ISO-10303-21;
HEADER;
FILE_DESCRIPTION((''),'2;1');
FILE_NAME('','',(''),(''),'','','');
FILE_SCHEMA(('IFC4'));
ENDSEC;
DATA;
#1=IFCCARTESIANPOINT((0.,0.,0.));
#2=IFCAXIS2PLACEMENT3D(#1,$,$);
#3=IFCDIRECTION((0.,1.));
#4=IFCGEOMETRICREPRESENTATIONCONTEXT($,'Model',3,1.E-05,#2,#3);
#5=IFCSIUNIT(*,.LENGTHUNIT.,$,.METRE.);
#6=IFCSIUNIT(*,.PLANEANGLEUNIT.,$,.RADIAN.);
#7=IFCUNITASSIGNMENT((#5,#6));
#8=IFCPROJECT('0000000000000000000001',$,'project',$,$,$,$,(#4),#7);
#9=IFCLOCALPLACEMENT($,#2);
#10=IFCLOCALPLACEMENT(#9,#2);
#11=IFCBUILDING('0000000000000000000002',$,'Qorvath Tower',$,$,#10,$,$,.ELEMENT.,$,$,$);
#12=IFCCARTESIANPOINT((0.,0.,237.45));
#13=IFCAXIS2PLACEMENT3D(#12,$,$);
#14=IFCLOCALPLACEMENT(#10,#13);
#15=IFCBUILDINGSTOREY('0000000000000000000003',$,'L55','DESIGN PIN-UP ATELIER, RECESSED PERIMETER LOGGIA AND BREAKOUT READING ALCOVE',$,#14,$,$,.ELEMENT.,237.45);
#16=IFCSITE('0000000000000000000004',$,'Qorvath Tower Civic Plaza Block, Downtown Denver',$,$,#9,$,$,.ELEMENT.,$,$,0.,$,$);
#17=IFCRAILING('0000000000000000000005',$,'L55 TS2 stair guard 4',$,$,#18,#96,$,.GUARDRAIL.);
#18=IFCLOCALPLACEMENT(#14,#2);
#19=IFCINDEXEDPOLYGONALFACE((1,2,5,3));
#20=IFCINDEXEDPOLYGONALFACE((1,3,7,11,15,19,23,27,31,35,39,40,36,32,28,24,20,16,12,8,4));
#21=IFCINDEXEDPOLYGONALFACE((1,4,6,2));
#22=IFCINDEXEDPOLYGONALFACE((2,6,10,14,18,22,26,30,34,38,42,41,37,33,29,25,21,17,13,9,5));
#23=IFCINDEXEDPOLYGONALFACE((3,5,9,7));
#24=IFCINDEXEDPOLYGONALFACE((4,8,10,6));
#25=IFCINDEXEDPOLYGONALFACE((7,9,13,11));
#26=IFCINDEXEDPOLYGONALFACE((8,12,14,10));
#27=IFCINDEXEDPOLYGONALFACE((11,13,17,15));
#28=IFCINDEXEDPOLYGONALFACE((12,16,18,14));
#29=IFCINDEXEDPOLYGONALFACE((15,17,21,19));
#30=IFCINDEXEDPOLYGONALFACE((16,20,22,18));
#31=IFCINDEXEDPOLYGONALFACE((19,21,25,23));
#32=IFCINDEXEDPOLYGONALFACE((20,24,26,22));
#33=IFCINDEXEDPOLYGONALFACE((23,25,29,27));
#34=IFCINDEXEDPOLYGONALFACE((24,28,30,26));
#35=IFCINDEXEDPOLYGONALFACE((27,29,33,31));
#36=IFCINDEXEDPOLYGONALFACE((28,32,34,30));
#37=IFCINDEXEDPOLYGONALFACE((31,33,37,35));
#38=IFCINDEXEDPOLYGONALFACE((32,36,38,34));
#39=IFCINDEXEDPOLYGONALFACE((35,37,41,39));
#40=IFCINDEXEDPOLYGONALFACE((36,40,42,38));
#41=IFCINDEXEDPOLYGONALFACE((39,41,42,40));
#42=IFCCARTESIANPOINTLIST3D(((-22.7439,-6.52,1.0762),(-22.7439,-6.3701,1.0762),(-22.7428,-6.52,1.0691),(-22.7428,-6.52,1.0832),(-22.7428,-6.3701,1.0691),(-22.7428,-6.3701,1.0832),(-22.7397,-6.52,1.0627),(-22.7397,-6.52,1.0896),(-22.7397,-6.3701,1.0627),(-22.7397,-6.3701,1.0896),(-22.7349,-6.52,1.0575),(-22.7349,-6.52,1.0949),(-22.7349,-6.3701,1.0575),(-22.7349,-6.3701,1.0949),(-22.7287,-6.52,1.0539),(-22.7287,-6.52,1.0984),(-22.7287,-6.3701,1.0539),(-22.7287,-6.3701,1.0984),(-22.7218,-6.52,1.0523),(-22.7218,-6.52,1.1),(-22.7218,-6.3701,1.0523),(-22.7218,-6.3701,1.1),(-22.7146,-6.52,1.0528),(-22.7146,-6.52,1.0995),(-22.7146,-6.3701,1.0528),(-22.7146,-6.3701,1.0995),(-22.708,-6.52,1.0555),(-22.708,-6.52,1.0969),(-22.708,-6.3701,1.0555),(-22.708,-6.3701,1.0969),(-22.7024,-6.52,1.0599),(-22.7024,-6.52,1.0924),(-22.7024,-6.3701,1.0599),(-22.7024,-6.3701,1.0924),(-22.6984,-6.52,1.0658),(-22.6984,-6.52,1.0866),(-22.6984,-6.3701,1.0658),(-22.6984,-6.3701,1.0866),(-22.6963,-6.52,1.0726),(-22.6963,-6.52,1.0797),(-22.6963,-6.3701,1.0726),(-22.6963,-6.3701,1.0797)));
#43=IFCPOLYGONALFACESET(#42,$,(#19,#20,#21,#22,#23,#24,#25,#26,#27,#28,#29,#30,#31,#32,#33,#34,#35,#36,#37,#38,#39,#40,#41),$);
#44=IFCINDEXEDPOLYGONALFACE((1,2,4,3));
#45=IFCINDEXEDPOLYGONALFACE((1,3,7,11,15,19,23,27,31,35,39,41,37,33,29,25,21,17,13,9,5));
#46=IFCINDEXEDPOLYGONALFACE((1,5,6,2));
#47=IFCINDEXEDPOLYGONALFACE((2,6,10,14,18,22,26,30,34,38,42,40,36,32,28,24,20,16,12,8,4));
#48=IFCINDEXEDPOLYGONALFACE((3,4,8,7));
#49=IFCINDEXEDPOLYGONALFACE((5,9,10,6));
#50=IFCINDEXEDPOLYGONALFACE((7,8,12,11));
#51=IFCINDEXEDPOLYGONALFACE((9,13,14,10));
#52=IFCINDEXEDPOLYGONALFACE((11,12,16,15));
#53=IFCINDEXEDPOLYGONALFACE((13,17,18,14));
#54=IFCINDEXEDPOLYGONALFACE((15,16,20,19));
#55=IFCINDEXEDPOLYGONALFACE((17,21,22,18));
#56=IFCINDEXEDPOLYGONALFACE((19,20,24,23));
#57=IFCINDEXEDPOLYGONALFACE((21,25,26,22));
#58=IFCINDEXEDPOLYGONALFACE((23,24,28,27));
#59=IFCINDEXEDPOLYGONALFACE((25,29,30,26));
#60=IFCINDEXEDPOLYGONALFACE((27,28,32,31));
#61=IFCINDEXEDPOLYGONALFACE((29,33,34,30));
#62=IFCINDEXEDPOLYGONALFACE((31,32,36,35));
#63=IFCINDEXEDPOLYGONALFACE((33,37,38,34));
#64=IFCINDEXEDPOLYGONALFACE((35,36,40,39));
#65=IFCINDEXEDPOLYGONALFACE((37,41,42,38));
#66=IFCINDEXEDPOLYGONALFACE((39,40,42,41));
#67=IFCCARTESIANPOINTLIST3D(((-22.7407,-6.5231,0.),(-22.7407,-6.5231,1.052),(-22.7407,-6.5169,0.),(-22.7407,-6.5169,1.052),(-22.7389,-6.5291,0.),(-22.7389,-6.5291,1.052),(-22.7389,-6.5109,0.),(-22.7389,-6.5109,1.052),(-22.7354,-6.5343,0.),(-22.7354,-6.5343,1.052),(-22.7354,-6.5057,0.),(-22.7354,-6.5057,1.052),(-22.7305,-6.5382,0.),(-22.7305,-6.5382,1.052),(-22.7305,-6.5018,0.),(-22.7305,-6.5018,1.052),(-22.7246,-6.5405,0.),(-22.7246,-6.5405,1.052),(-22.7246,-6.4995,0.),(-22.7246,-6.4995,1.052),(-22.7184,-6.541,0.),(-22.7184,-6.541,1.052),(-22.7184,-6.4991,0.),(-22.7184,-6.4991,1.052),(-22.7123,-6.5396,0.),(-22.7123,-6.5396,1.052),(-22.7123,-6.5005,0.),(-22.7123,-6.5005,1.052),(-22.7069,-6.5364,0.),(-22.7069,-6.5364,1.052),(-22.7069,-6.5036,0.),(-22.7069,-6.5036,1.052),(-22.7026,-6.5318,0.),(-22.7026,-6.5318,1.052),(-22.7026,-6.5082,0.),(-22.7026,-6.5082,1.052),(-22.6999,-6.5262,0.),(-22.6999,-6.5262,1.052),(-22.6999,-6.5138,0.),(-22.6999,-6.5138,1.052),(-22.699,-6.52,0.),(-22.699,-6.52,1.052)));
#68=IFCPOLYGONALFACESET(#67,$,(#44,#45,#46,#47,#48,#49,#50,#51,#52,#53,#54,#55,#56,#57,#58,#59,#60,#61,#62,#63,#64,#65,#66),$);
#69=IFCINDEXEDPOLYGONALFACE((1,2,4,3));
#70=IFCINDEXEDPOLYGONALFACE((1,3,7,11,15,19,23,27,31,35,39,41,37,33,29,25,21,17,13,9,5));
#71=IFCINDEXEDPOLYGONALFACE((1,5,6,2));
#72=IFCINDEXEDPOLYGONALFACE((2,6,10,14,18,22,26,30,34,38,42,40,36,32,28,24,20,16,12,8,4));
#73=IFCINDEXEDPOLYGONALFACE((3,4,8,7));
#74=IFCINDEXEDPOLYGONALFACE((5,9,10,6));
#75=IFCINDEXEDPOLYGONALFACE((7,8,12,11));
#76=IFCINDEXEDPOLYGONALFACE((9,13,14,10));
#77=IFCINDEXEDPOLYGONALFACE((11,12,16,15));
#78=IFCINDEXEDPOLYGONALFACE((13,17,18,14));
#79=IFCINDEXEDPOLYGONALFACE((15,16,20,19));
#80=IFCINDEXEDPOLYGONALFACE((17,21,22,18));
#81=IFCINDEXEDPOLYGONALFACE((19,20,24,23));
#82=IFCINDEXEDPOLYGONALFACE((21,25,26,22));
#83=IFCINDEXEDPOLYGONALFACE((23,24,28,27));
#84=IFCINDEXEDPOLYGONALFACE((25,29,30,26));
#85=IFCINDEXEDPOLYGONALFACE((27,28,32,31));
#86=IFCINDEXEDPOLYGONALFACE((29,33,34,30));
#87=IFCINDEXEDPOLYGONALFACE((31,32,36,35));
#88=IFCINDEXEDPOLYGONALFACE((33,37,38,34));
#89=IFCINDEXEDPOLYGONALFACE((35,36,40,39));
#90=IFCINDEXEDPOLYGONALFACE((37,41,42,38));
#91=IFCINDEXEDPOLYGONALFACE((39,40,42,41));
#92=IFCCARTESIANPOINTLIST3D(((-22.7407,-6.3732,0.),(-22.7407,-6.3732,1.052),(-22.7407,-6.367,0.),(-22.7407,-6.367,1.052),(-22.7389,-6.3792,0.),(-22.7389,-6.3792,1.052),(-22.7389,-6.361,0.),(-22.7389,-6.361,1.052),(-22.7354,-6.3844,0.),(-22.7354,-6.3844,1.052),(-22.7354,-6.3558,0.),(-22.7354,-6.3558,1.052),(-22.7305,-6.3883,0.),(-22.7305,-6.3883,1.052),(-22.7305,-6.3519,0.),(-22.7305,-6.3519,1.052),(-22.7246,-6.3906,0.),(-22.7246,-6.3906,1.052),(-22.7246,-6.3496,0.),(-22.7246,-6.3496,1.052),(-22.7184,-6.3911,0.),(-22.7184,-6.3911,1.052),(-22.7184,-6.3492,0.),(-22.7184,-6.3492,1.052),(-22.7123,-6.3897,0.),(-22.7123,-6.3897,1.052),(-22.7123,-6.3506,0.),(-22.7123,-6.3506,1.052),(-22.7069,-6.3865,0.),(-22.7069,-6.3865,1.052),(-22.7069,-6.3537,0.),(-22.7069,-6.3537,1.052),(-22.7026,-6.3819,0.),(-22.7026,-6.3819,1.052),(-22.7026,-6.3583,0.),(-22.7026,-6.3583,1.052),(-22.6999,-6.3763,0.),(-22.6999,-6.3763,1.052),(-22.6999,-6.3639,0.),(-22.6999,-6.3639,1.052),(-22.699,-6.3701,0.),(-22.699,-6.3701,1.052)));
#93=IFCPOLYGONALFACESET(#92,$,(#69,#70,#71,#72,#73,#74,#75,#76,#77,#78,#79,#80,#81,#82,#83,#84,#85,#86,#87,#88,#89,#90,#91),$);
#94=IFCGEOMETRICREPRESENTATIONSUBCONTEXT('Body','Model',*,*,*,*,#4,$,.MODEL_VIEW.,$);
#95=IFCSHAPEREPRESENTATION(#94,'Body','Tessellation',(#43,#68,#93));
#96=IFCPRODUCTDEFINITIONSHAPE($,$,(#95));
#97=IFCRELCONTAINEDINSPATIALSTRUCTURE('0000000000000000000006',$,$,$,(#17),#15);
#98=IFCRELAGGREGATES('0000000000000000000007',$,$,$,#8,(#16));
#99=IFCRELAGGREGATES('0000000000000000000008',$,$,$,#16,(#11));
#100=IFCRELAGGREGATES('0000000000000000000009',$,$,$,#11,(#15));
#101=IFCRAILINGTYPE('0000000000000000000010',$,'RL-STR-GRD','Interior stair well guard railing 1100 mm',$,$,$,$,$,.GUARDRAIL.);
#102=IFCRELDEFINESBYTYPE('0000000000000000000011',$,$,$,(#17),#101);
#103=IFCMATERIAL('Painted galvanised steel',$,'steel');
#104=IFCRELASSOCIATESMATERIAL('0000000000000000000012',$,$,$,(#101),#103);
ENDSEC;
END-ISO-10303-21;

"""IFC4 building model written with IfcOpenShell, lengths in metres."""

from ifc_helpers import new_model, si_unit, direction, frame, origin, origin_2d, place, context, subcontext, project, spatial, circle, extrude, material, type_object, element, save


model = new_model("IFC4")

# Units and contexts
model_context = context("Model", 3, precision=1e-05, world=origin(), true_north=direction((0.0, 1.0)))
body_context = subcontext(model_context, "Body", "Model", "MODEL_VIEW")
ifc_project = project(units=[si_unit("LENGTHUNIT", "METRE"), si_unit("PLANEANGLEUNIT", "RADIAN")], contexts=[model_context])

# Site, building, storey
site_placement = place(None, origin())
site = spatial("IfcSite", under=ifc_project, at=site_placement, Name="Qorvath Tower Civic Plaza Block, Downtown Denver", CompositionType="ELEMENT", RefElevation=0.0)
building_placement = place(site_placement, origin())
building = spatial("IfcBuilding", under=site, at=building_placement, Name="Qorvath Tower", CompositionType="ELEMENT")
storey_placement = place(building_placement, frame((0.0, 0.0, 237.45)))
storey = spatial("IfcBuildingStorey", under=building, at=storey_placement, Name="L55", Description="DESIGN PIN-UP ATELIER, RECESSED PERIMETER LOGGIA AND BREAKOUT READING ALCOVE", CompositionType="ELEMENT", Elevation=237.45)

# Railing
ifc_material_1 = material(Name="Painted galvanised steel", Category="steel")
railing_type_1 = type_object("IfcRailingType", Name="RL-STR-GRD", Description="Interior stair well guard railing 1100 mm", PredefinedType="GUARDRAIL", material=ifc_material_1)
railing_1_placement = place(storey_placement, frame((-22.72, -6.52, 0.0)))
element("IfcRailing", 1, at=railing_1_placement, inside=storey, type_object=railing_type_1, Name="L55 TS2 stair guard 4", PredefinedType="GUARDRAIL", context=body_context, shape_type="SweptSolid", body=[
    extrude(circle(Radius=0.0239, at=origin_2d()), frame((0.0, 0.0, 1.0762), z_axis=(0.0, 1.0, 0.0), x_axis=(-1.0, 0.0, 0.0)), (0.0, 0.0, 1.0), 0.1499),
    extrude(circle(Radius=0.021, at=origin_2d()), origin(), (0.0, 0.0, 1.0), 1.052),
    extrude(circle(Radius=0.021, at=origin_2d()), frame((0.0, 0.1499, 0.0)), (0.0, 0.0, 1.0), 1.052),
])

save(model, "model.ifc")
